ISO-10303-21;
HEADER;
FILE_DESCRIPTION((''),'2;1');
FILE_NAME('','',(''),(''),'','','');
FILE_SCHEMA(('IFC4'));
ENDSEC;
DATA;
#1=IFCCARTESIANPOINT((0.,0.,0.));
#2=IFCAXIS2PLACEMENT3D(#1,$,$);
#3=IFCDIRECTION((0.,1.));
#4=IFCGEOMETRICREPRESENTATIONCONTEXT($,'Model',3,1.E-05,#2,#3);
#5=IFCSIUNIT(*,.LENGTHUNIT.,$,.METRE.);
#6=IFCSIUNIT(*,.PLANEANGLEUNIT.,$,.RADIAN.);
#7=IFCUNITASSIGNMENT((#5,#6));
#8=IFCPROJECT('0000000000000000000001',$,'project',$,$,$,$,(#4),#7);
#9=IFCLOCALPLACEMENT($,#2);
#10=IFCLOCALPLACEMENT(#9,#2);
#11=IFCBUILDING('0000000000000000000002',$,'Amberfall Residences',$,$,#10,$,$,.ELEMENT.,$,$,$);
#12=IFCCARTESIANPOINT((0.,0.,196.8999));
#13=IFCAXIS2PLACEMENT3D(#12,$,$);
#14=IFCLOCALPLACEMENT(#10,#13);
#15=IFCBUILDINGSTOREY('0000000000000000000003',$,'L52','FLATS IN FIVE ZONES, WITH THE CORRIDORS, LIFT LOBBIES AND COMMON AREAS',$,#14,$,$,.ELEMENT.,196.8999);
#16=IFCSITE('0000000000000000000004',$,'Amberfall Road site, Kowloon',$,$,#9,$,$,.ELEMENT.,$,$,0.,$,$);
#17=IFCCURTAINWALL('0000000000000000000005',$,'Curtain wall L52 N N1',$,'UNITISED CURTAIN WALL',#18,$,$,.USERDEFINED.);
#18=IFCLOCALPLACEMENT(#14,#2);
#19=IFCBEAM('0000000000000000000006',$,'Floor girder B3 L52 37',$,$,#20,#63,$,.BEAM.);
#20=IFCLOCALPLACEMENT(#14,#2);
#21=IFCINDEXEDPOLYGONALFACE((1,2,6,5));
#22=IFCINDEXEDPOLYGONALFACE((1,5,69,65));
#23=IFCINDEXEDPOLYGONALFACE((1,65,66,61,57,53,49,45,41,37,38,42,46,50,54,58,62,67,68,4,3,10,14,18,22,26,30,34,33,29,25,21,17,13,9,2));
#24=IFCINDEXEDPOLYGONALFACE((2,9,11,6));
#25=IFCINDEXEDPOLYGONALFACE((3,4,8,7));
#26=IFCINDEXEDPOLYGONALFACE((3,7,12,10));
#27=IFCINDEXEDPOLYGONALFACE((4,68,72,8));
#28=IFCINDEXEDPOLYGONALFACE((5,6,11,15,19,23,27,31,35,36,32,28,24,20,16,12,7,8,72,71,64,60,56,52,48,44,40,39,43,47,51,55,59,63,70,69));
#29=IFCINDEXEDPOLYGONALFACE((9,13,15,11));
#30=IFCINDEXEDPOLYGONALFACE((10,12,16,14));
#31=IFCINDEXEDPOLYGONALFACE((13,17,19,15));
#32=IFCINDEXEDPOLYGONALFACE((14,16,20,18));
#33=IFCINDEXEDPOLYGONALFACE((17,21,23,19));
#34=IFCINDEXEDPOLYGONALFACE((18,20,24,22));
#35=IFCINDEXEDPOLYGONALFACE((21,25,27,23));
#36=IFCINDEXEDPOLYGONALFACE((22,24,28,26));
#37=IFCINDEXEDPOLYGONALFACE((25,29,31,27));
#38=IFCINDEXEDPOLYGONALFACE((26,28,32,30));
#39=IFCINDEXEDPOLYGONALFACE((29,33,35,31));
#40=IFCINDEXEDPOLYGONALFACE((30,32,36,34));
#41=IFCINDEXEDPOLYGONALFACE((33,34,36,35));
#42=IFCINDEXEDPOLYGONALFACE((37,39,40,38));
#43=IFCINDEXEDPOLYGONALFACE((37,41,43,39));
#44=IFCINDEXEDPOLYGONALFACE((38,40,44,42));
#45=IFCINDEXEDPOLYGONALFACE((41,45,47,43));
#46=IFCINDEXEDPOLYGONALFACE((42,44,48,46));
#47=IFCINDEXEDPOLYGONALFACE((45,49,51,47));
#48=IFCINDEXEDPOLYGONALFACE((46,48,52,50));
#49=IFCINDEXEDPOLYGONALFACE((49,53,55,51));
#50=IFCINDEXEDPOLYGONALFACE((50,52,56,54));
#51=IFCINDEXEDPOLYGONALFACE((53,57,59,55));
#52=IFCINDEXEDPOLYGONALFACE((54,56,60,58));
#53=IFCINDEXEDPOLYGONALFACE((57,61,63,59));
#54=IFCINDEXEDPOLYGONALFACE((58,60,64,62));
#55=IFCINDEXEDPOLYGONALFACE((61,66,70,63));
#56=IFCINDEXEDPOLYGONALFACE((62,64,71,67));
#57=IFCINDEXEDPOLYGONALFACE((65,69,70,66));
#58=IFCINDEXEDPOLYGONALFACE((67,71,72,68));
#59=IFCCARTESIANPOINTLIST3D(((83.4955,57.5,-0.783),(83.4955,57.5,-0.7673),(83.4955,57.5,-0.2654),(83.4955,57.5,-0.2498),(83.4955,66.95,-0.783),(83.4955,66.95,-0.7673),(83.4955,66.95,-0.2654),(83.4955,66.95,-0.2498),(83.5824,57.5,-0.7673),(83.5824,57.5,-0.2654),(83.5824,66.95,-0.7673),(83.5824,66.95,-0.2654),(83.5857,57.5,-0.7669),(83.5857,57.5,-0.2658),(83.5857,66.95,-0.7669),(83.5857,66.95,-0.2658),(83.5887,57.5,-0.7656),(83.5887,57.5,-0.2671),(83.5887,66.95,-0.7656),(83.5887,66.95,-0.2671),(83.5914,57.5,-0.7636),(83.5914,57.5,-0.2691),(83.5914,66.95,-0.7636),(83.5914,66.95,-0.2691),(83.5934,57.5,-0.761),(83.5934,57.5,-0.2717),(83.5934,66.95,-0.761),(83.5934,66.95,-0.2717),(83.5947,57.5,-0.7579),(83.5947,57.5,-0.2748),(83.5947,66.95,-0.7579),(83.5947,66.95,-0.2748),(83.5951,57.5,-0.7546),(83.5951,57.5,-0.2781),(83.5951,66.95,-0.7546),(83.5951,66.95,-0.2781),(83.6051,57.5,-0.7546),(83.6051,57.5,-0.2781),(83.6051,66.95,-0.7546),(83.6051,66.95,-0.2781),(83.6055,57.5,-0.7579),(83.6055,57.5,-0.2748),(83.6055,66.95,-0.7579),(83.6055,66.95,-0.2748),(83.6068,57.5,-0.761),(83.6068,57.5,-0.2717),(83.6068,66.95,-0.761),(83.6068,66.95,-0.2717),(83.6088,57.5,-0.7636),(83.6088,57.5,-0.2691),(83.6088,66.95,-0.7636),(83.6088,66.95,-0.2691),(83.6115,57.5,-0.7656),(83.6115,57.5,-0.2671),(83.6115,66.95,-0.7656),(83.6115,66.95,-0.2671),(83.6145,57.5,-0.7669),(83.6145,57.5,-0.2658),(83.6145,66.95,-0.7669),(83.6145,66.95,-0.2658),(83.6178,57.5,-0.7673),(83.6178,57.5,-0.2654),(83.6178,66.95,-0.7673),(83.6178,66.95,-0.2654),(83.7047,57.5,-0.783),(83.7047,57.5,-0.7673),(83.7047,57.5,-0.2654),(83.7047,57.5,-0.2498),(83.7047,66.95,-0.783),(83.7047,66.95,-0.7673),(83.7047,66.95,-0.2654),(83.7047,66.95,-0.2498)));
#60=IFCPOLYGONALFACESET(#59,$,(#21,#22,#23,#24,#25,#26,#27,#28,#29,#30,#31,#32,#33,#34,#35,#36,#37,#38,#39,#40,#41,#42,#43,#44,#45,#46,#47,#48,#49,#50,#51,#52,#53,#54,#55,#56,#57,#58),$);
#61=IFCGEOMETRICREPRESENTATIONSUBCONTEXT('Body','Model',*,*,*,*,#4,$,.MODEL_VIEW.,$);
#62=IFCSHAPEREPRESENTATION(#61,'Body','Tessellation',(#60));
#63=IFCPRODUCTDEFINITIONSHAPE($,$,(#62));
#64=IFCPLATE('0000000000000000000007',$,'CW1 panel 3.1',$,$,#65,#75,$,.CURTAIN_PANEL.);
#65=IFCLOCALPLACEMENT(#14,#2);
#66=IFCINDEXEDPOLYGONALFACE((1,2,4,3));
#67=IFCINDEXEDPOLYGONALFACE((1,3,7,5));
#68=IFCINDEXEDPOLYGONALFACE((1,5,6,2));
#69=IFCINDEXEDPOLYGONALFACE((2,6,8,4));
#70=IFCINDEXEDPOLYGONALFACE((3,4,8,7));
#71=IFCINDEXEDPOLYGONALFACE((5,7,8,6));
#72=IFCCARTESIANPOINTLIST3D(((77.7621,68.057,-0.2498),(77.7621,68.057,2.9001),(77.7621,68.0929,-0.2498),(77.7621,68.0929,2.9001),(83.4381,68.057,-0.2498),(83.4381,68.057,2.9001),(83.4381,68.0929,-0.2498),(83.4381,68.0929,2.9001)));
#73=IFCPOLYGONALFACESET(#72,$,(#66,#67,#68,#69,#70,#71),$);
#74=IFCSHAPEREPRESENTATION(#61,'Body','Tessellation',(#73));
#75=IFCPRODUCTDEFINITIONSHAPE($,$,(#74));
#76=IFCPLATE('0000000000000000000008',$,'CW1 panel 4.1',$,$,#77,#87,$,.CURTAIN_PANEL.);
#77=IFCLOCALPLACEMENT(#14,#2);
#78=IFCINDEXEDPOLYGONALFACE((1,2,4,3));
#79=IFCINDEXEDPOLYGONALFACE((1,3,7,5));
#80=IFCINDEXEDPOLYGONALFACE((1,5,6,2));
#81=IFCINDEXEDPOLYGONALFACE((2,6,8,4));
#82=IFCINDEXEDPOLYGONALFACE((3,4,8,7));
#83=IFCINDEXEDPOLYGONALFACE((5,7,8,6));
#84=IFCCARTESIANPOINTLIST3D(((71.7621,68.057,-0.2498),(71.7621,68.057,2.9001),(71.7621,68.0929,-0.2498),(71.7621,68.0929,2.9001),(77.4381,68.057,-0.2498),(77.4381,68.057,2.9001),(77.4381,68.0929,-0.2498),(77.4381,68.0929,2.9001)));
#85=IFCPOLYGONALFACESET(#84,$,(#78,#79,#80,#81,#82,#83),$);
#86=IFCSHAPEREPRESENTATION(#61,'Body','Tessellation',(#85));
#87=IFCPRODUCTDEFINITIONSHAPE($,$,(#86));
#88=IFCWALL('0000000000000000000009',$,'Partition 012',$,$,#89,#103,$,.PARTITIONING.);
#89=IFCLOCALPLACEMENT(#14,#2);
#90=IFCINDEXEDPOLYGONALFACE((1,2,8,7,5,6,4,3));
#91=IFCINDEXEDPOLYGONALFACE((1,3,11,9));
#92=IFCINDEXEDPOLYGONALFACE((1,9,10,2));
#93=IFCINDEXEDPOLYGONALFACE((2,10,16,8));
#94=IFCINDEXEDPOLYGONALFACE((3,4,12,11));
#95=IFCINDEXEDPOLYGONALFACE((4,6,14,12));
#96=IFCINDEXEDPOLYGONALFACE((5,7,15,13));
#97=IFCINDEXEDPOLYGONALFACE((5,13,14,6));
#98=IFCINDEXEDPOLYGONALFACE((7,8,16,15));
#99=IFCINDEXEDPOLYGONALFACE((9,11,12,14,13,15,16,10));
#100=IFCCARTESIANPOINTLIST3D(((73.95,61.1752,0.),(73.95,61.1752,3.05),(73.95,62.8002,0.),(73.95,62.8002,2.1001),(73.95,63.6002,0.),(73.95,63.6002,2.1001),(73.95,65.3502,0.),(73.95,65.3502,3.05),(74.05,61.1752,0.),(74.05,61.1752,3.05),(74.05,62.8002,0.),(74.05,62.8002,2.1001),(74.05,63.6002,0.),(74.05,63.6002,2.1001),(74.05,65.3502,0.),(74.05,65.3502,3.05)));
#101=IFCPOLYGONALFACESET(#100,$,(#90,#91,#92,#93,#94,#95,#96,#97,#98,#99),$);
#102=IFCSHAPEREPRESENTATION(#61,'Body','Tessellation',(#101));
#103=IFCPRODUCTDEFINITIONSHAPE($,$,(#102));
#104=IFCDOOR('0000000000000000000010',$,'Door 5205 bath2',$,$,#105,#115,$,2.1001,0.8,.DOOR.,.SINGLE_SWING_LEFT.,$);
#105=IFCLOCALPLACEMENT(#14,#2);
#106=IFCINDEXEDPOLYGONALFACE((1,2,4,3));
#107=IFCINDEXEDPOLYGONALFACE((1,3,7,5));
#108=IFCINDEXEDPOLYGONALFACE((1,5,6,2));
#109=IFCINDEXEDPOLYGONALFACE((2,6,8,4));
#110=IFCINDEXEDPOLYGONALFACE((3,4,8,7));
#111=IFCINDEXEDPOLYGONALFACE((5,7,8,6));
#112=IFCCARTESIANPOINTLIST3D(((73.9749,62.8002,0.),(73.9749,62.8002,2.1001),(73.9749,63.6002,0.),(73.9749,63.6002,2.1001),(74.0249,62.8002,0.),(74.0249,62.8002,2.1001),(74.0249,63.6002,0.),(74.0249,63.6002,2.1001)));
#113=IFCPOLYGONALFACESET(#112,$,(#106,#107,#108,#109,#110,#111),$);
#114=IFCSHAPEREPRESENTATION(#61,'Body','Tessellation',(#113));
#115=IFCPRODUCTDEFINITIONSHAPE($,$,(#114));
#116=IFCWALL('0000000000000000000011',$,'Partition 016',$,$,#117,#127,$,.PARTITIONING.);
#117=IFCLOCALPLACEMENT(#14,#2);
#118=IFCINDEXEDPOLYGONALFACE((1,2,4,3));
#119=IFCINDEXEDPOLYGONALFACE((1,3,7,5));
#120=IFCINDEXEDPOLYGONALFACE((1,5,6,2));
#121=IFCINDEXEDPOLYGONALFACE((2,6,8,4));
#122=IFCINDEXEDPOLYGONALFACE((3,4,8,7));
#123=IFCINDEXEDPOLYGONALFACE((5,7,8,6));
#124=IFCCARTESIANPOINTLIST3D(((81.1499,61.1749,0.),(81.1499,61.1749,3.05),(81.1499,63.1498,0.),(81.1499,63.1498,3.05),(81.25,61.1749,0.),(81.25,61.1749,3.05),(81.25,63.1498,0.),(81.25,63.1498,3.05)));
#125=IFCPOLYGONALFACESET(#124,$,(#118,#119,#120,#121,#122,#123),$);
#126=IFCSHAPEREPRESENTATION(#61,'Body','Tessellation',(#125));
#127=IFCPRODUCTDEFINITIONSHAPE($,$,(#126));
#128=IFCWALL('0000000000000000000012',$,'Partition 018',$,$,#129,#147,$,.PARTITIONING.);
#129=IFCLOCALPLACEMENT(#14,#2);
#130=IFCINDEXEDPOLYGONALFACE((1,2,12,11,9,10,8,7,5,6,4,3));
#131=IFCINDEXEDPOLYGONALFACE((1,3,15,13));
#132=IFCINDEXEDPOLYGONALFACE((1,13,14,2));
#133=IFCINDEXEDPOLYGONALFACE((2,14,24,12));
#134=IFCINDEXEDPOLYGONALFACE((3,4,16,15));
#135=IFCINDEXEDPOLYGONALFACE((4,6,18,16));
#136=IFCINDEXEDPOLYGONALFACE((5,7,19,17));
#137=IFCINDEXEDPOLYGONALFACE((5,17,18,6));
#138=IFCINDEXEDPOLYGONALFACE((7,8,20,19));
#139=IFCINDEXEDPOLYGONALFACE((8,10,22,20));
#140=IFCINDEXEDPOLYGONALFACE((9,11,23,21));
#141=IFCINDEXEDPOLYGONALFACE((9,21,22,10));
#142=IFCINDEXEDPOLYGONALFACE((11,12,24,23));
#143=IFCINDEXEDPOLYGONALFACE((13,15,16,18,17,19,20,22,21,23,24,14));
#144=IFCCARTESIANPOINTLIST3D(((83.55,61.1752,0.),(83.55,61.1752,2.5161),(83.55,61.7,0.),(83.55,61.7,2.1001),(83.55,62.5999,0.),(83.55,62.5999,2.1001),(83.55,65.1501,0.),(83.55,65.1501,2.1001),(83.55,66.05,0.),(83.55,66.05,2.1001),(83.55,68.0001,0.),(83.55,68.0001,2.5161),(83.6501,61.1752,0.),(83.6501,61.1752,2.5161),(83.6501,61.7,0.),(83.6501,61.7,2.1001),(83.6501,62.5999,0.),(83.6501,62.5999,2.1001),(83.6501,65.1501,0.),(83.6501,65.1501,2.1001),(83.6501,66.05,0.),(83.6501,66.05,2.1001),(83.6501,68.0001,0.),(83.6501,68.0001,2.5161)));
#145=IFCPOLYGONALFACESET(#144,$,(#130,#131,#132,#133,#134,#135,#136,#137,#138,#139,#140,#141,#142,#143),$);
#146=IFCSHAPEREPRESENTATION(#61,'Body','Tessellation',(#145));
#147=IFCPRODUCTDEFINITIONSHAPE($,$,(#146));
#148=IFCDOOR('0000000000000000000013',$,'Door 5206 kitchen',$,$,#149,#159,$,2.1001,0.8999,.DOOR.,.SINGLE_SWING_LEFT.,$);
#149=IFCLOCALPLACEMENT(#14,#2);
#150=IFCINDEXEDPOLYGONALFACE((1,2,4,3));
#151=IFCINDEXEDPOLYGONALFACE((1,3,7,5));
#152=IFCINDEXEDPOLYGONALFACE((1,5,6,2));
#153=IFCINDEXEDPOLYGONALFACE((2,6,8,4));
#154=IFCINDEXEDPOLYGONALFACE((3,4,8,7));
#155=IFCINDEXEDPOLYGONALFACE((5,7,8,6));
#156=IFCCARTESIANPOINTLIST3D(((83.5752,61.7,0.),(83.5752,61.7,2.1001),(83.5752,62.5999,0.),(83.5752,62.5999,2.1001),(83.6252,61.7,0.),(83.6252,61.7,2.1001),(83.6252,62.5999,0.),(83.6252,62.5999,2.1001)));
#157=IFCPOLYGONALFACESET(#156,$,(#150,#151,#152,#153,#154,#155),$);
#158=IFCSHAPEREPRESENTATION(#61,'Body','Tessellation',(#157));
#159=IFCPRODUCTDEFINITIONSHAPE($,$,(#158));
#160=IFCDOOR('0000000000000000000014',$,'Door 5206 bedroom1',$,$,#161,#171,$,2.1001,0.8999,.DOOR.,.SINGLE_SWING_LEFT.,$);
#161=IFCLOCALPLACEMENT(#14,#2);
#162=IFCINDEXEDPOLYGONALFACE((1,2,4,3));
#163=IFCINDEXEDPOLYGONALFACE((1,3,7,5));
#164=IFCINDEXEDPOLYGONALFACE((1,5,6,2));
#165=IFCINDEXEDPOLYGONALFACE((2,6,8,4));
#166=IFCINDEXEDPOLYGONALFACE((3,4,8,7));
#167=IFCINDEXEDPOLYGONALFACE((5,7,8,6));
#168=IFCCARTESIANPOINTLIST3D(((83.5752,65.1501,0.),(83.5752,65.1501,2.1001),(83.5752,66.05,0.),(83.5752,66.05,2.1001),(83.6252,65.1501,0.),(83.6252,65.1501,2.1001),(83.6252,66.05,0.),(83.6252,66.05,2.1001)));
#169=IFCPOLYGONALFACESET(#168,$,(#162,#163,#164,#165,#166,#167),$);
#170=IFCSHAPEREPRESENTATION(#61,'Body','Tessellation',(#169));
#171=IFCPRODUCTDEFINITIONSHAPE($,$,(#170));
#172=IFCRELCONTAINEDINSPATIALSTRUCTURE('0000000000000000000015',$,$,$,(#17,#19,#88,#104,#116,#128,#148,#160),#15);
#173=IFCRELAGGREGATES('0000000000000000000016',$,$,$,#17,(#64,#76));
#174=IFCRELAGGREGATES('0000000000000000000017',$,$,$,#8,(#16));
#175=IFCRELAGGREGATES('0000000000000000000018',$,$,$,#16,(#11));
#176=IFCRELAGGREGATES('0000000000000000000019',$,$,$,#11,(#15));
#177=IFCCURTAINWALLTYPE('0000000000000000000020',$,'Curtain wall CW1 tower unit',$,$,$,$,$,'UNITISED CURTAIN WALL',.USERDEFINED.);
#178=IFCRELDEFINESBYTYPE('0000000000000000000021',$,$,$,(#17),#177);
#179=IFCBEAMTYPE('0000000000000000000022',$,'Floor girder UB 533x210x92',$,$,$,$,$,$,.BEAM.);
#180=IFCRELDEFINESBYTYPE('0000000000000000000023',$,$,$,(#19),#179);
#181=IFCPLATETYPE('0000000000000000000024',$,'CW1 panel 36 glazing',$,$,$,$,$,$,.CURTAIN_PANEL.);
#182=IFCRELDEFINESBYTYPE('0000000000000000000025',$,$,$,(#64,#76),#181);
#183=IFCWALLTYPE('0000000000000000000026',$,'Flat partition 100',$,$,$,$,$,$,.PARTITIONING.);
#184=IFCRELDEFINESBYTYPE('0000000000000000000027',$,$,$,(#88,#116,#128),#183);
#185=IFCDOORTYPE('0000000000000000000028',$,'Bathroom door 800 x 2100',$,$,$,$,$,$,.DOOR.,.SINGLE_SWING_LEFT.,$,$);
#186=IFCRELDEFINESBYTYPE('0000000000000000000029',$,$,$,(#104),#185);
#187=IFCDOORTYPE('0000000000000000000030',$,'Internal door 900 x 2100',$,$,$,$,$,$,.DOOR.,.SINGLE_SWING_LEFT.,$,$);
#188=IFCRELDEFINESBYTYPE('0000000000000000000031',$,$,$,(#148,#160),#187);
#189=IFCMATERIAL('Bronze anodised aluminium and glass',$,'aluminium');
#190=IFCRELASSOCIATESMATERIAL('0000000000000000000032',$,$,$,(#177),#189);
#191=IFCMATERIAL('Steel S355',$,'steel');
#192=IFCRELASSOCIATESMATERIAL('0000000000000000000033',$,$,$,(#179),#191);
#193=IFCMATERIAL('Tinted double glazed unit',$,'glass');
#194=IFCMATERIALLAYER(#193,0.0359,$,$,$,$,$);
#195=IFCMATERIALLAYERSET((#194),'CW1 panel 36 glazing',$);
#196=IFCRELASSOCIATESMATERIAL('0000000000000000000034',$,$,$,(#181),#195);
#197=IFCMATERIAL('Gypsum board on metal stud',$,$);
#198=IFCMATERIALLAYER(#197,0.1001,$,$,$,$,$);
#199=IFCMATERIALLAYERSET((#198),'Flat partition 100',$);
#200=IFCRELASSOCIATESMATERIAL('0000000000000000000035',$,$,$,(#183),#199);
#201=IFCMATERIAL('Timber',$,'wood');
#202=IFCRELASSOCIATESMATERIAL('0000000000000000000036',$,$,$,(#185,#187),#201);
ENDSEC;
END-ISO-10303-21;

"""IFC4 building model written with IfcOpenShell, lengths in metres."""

from ifc_helpers import new_model, si_unit, direction, frame, frame_2d, origin, origin_2d, place, context, subcontext, project, spatial, rectangle, i_section, extrude, material, layer, layer_set, material_profile, profile_set, type_object, element, fill, aggregate, save


model = new_model("IFC4")

# Units and contexts
model_context = context("Model", 3, precision=1e-05, world=origin(), true_north=direction((0.0, 1.0)))
body_context = subcontext(model_context, "Body", "Model", "MODEL_VIEW")
ifc_project = project(units=[si_unit("LENGTHUNIT", "METRE"), si_unit("PLANEANGLEUNIT", "RADIAN")], contexts=[model_context])

# Site, building, storey
site_placement = place(None, origin())
site = spatial("IfcSite", under=ifc_project, at=site_placement, Name="Amberfall Road site, Kowloon", CompositionType="ELEMENT", RefElevation=0.0)
building_placement = place(site_placement, origin())
building = spatial("IfcBuilding", under=site, at=building_placement, Name="Amberfall Residences", CompositionType="ELEMENT")
storey_placement = place(building_placement, frame((0.0, 0.0, 196.8999)))
storey = spatial("IfcBuildingStorey", under=building, at=storey_placement, Name="L52", Description="FLATS IN FIVE ZONES, WITH THE CORRIDORS, LIFT LOBBIES AND COMMON AREAS", CompositionType="ELEMENT", Elevation=196.8999)

# Curtain wall
ifc_material_1 = material(Name="Bronze anodised aluminium and glass", Category="aluminium")
curtain_wall_type = type_object("IfcCurtainWallType", Name="Curtain wall CW1 tower unit", ElementType="UNITISED CURTAIN WALL", PredefinedType="USERDEFINED", material=ifc_material_1)
curtain_wall_placement = place(storey_placement, origin())
curtain_wall = element("IfcCurtainWall", 1, at=curtain_wall_placement, inside=storey, type_object=curtain_wall_type, Name="Curtain wall L52 N N1", ObjectType="UNITISED CURTAIN WALL", PredefinedType="USERDEFINED")

# Shared definitions
ifc_material_2 = material(Name="Steel S355", Category="steel")

# Beam
ifc_material_profile_1 = material_profile(ifc_material_2, i_section(OverallWidth=0.2092, OverallDepth=0.5332, WebThickness=0.01, FlangeThickness=0.0156, FilletRadius=0.0127, at=origin_2d()), Name="UB 533x210x92")
ifc_profile_set_1 = profile_set([ifc_material_profile_1], Name="Steel S355")
beam_type_1 = type_object("IfcBeamType", Name="Floor girder UB 533x210x92", PredefinedType="BEAM", material=ifc_profile_set_1)
for number, where, z_axis, x_axis, name in (
    (2, (83.6001, 66.95, -0.5164), (0.0, -1.0, 0.0), (1.0, 0.0, 0.0), "Floor girder B3 L52 37"),
):
    element("IfcBeam", number, at=place(storey_placement, frame(where, z_axis=z_axis, x_axis=x_axis)), inside=storey, type_object=beam_type_1, Name=name, PredefinedType="BEAM", context=body_context, shape_type="SweptSolid", body=[
        extrude(i_section(OverallWidth=0.2092, OverallDepth=0.5332, WebThickness=0.01, FlangeThickness=0.0156, FilletRadius=0.0127, at=origin_2d()), origin(), (0.0, 0.0, 1.0), 9.45),
    ])

# Plates
ifc_material_3 = material(Name="Tinted double glazed unit", Category="glass")
ifc_layer_1 = layer(ifc_material_3, 0.0359)
ifc_layer_set_1 = layer_set([ifc_layer_1], Name="CW1 panel 36 glazing")
plate_type = type_object("IfcPlateType", Name="CW1 panel 36 glazing", PredefinedType="CURTAIN_PANEL", material=ifc_layer_set_1)
plate_1_placement = place(storey_placement, frame((80.6001, 68.075, -0.2498), z_axis=(0.0, 0.0, 1.0), x_axis=(-1.0, 0.0, 0.0)))
plate_1 = element("IfcPlate", 3, at=plate_1_placement, type_object=plate_type, Name="CW1 panel 3.1", PredefinedType="CURTAIN_PANEL", context=body_context, shape_type="SweptSolid", body=[
    extrude(rectangle(XDim=5.676, YDim=0.0359, at=origin_2d()), origin(), (0.0, 0.0, 1.0), 3.1499),
])
plate_2_placement = place(storey_placement, frame((74.6001, 68.075, -0.2498), z_axis=(0.0, 0.0, 1.0), x_axis=(-1.0, 0.0, 0.0)))
plate_2 = element("IfcPlate", 4, at=plate_2_placement, type_object=plate_type, Name="CW1 panel 4.1", PredefinedType="CURTAIN_PANEL", context=body_context, shape_type="SweptSolid", body=[
    extrude(rectangle(XDim=5.676, YDim=0.0359, at=origin_2d()), origin(), (0.0, 0.0, 1.0), 3.1499),
])
aggregate(curtain_wall, [plate_1, plate_2])

# Wall, opening, door
ifc_material_4 = material(Name="Gypsum board on metal stud")
ifc_layer_2 = layer(ifc_material_4, 0.1001)
ifc_layer_set_2 = layer_set([ifc_layer_2], Name="Flat partition 100")
wall_type_1 = type_object("IfcWallType", Name="Flat partition 100", PredefinedType="PARTITIONING", material=ifc_layer_set_2)
wall_1_placement = place(storey_placement, frame((74.0, 65.3501, 0.0), z_axis=(0.0, 0.0, 1.0), x_axis=(0.0, -1.0, 0.0)))
wall_1 = element("IfcWall", 5, at=wall_1_placement, inside=storey, type_object=wall_type_1, Name="Partition 012", PredefinedType="PARTITIONING", context=body_context, shape_type="SweptSolid", body=[
    extrude(rectangle(XDim=4.175, YDim=0.1001, at=frame_2d((2.0874, 0.0))), origin(), (0.0, 0.0, 1.0), 3.05),
])
opening_1_placement = place(wall_1_placement, frame((1.75, 0.0, 0.0)))
opening_1 = element("IfcOpeningElement", 6, at=opening_1_placement, cuts=wall_1, PredefinedType="OPENING", context=body_context, shape_type="SweptSolid", body=[
    extrude(rectangle(XDim=0.8, YDim=2.1001, at=frame_2d((0.3999, 1.05))), frame((0.0, 0.0601, 0.0), z_axis=(0.0, -1.0, 0.0), x_axis=(1.0, 0.0, 0.0)), (0.0, 0.0, 1.0), 0.1201),
])
ifc_material_5 = material(Name="Timber", Category="wood")
door_type_1 = type_object("IfcDoorType", Name="Bathroom door 800 x 2100", OperationType="SINGLE_SWING_LEFT", PredefinedType="DOOR", material=ifc_material_5)
door_1_placement = place(opening_1_placement, origin())
door_1 = element("IfcDoor", 7, at=door_1_placement, inside=storey, type_object=door_type_1, Name="Door 5205 bath2", OperationType="SINGLE_SWING_LEFT", OverallHeight=2.1001, OverallWidth=0.8, PredefinedType="DOOR", context=body_context, shape_type="SweptSolid", body=[
    extrude(rectangle(XDim=0.8, YDim=2.1001, at=frame_2d((0.3999, 1.05))), frame((0.0, 0.0249, 0.0), z_axis=(0.0, -1.0, 0.0), x_axis=(1.0, 0.0, 0.0)), (0.0, 0.0, 1.0), 0.05),
])
fill(opening_1, door_1)

# Wall
wall_2_placement = place(storey_placement, frame((81.2, 61.175, 0.0), z_axis=(0.0, 0.0, 1.0), x_axis=(0.0, 1.0, 0.0)))
element("IfcWall", 8, at=wall_2_placement, inside=storey, type_object=wall_type_1, Name="Partition 016", PredefinedType="PARTITIONING", context=body_context, shape_type="SweptSolid", body=[
    extrude(rectangle(XDim=1.9749, YDim=0.1001, at=frame_2d((0.9873, 0.0))), origin(), (0.0, 0.0, 1.0), 3.05),
])

# Wall, openings, doors
wall_3_placement = place(storey_placement, frame((83.6001, 61.175, 0.0), z_axis=(0.0, 0.0, 1.0), x_axis=(0.0, 1.0, 0.0)))
wall_3 = element("IfcWall", 9, at=wall_3_placement, inside=storey, type_object=wall_type_1, Name="Partition 018", PredefinedType="PARTITIONING", context=body_context, shape_type="SweptSolid", body=[
    extrude(rectangle(XDim=6.825, YDim=0.1001, at=frame_2d((3.4126, 0.0))), origin(), (0.0, 0.0, 1.0), 2.5161),
])
opening_2_placement = place(wall_3_placement, frame((0.5249, 0.0, 0.0)))
opening_2 = element("IfcOpeningElement", 10, at=opening_2_placement, cuts=wall_3, PredefinedType="OPENING", context=body_context, shape_type="SweptSolid", body=[
    extrude(rectangle(XDim=0.8999, YDim=2.1001, at=frame_2d((0.45, 1.05))), frame((0.0, 0.0601, 0.0), z_axis=(0.0, -1.0, 0.0), x_axis=(1.0, 0.0, 0.0)), (0.0, 0.0, 1.0), 0.1201),
])
opening_3_placement = place(wall_3_placement, frame((3.9751, 0.0, 0.0)))
opening_3 = element("IfcOpeningElement", 11, at=opening_3_placement, cuts=wall_3, PredefinedType="OPENING", context=body_context, shape_type="SweptSolid", body=[
    extrude(rectangle(XDim=0.8999, YDim=2.1001, at=frame_2d((0.45, 1.05))), frame((0.0, 0.0601, 0.0), z_axis=(0.0, -1.0, 0.0), x_axis=(1.0, 0.0, 0.0)), (0.0, 0.0, 1.0), 0.1201),
])
door_type_2 = type_object("IfcDoorType", Name="Internal door 900 x 2100", OperationType="SINGLE_SWING_LEFT", PredefinedType="DOOR", material=ifc_material_5)
door_2_placement = place(opening_2_placement, origin())
door_2 = element("IfcDoor", 12, at=door_2_placement, inside=storey, type_object=door_type_2, Name="Door 5206 kitchen", OperationType="SINGLE_SWING_LEFT", OverallHeight=2.1001, OverallWidth=0.8999, PredefinedType="DOOR", context=body_context, shape_type="SweptSolid", body=[
    extrude(rectangle(XDim=0.8999, YDim=2.1001, at=frame_2d((0.45, 1.05))), frame((0.0, 0.0249, 0.0), z_axis=(0.0, -1.0, 0.0), x_axis=(1.0, 0.0, 0.0)), (0.0, 0.0, 1.0), 0.05),
])
fill(opening_2, door_2)
door_3_placement = place(opening_3_placement, origin())
door_3 = element("IfcDoor", 13, at=door_3_placement, inside=storey, type_object=door_type_2, Name="Door 5206 bedroom1", OperationType="SINGLE_SWING_LEFT", OverallHeight=2.1001, OverallWidth=0.8999, PredefinedType="DOOR", context=body_context, shape_type="SweptSolid", body=[
    extrude(rectangle(XDim=0.8999, YDim=2.1001, at=frame_2d((0.45, 1.05))), frame((0.0, 0.0249, 0.0), z_axis=(0.0, -1.0, 0.0), x_axis=(1.0, 0.0, 0.0)), (0.0, 0.0, 1.0), 0.05),
])
fill(opening_3, door_3)

save(model, "model.ifc")
